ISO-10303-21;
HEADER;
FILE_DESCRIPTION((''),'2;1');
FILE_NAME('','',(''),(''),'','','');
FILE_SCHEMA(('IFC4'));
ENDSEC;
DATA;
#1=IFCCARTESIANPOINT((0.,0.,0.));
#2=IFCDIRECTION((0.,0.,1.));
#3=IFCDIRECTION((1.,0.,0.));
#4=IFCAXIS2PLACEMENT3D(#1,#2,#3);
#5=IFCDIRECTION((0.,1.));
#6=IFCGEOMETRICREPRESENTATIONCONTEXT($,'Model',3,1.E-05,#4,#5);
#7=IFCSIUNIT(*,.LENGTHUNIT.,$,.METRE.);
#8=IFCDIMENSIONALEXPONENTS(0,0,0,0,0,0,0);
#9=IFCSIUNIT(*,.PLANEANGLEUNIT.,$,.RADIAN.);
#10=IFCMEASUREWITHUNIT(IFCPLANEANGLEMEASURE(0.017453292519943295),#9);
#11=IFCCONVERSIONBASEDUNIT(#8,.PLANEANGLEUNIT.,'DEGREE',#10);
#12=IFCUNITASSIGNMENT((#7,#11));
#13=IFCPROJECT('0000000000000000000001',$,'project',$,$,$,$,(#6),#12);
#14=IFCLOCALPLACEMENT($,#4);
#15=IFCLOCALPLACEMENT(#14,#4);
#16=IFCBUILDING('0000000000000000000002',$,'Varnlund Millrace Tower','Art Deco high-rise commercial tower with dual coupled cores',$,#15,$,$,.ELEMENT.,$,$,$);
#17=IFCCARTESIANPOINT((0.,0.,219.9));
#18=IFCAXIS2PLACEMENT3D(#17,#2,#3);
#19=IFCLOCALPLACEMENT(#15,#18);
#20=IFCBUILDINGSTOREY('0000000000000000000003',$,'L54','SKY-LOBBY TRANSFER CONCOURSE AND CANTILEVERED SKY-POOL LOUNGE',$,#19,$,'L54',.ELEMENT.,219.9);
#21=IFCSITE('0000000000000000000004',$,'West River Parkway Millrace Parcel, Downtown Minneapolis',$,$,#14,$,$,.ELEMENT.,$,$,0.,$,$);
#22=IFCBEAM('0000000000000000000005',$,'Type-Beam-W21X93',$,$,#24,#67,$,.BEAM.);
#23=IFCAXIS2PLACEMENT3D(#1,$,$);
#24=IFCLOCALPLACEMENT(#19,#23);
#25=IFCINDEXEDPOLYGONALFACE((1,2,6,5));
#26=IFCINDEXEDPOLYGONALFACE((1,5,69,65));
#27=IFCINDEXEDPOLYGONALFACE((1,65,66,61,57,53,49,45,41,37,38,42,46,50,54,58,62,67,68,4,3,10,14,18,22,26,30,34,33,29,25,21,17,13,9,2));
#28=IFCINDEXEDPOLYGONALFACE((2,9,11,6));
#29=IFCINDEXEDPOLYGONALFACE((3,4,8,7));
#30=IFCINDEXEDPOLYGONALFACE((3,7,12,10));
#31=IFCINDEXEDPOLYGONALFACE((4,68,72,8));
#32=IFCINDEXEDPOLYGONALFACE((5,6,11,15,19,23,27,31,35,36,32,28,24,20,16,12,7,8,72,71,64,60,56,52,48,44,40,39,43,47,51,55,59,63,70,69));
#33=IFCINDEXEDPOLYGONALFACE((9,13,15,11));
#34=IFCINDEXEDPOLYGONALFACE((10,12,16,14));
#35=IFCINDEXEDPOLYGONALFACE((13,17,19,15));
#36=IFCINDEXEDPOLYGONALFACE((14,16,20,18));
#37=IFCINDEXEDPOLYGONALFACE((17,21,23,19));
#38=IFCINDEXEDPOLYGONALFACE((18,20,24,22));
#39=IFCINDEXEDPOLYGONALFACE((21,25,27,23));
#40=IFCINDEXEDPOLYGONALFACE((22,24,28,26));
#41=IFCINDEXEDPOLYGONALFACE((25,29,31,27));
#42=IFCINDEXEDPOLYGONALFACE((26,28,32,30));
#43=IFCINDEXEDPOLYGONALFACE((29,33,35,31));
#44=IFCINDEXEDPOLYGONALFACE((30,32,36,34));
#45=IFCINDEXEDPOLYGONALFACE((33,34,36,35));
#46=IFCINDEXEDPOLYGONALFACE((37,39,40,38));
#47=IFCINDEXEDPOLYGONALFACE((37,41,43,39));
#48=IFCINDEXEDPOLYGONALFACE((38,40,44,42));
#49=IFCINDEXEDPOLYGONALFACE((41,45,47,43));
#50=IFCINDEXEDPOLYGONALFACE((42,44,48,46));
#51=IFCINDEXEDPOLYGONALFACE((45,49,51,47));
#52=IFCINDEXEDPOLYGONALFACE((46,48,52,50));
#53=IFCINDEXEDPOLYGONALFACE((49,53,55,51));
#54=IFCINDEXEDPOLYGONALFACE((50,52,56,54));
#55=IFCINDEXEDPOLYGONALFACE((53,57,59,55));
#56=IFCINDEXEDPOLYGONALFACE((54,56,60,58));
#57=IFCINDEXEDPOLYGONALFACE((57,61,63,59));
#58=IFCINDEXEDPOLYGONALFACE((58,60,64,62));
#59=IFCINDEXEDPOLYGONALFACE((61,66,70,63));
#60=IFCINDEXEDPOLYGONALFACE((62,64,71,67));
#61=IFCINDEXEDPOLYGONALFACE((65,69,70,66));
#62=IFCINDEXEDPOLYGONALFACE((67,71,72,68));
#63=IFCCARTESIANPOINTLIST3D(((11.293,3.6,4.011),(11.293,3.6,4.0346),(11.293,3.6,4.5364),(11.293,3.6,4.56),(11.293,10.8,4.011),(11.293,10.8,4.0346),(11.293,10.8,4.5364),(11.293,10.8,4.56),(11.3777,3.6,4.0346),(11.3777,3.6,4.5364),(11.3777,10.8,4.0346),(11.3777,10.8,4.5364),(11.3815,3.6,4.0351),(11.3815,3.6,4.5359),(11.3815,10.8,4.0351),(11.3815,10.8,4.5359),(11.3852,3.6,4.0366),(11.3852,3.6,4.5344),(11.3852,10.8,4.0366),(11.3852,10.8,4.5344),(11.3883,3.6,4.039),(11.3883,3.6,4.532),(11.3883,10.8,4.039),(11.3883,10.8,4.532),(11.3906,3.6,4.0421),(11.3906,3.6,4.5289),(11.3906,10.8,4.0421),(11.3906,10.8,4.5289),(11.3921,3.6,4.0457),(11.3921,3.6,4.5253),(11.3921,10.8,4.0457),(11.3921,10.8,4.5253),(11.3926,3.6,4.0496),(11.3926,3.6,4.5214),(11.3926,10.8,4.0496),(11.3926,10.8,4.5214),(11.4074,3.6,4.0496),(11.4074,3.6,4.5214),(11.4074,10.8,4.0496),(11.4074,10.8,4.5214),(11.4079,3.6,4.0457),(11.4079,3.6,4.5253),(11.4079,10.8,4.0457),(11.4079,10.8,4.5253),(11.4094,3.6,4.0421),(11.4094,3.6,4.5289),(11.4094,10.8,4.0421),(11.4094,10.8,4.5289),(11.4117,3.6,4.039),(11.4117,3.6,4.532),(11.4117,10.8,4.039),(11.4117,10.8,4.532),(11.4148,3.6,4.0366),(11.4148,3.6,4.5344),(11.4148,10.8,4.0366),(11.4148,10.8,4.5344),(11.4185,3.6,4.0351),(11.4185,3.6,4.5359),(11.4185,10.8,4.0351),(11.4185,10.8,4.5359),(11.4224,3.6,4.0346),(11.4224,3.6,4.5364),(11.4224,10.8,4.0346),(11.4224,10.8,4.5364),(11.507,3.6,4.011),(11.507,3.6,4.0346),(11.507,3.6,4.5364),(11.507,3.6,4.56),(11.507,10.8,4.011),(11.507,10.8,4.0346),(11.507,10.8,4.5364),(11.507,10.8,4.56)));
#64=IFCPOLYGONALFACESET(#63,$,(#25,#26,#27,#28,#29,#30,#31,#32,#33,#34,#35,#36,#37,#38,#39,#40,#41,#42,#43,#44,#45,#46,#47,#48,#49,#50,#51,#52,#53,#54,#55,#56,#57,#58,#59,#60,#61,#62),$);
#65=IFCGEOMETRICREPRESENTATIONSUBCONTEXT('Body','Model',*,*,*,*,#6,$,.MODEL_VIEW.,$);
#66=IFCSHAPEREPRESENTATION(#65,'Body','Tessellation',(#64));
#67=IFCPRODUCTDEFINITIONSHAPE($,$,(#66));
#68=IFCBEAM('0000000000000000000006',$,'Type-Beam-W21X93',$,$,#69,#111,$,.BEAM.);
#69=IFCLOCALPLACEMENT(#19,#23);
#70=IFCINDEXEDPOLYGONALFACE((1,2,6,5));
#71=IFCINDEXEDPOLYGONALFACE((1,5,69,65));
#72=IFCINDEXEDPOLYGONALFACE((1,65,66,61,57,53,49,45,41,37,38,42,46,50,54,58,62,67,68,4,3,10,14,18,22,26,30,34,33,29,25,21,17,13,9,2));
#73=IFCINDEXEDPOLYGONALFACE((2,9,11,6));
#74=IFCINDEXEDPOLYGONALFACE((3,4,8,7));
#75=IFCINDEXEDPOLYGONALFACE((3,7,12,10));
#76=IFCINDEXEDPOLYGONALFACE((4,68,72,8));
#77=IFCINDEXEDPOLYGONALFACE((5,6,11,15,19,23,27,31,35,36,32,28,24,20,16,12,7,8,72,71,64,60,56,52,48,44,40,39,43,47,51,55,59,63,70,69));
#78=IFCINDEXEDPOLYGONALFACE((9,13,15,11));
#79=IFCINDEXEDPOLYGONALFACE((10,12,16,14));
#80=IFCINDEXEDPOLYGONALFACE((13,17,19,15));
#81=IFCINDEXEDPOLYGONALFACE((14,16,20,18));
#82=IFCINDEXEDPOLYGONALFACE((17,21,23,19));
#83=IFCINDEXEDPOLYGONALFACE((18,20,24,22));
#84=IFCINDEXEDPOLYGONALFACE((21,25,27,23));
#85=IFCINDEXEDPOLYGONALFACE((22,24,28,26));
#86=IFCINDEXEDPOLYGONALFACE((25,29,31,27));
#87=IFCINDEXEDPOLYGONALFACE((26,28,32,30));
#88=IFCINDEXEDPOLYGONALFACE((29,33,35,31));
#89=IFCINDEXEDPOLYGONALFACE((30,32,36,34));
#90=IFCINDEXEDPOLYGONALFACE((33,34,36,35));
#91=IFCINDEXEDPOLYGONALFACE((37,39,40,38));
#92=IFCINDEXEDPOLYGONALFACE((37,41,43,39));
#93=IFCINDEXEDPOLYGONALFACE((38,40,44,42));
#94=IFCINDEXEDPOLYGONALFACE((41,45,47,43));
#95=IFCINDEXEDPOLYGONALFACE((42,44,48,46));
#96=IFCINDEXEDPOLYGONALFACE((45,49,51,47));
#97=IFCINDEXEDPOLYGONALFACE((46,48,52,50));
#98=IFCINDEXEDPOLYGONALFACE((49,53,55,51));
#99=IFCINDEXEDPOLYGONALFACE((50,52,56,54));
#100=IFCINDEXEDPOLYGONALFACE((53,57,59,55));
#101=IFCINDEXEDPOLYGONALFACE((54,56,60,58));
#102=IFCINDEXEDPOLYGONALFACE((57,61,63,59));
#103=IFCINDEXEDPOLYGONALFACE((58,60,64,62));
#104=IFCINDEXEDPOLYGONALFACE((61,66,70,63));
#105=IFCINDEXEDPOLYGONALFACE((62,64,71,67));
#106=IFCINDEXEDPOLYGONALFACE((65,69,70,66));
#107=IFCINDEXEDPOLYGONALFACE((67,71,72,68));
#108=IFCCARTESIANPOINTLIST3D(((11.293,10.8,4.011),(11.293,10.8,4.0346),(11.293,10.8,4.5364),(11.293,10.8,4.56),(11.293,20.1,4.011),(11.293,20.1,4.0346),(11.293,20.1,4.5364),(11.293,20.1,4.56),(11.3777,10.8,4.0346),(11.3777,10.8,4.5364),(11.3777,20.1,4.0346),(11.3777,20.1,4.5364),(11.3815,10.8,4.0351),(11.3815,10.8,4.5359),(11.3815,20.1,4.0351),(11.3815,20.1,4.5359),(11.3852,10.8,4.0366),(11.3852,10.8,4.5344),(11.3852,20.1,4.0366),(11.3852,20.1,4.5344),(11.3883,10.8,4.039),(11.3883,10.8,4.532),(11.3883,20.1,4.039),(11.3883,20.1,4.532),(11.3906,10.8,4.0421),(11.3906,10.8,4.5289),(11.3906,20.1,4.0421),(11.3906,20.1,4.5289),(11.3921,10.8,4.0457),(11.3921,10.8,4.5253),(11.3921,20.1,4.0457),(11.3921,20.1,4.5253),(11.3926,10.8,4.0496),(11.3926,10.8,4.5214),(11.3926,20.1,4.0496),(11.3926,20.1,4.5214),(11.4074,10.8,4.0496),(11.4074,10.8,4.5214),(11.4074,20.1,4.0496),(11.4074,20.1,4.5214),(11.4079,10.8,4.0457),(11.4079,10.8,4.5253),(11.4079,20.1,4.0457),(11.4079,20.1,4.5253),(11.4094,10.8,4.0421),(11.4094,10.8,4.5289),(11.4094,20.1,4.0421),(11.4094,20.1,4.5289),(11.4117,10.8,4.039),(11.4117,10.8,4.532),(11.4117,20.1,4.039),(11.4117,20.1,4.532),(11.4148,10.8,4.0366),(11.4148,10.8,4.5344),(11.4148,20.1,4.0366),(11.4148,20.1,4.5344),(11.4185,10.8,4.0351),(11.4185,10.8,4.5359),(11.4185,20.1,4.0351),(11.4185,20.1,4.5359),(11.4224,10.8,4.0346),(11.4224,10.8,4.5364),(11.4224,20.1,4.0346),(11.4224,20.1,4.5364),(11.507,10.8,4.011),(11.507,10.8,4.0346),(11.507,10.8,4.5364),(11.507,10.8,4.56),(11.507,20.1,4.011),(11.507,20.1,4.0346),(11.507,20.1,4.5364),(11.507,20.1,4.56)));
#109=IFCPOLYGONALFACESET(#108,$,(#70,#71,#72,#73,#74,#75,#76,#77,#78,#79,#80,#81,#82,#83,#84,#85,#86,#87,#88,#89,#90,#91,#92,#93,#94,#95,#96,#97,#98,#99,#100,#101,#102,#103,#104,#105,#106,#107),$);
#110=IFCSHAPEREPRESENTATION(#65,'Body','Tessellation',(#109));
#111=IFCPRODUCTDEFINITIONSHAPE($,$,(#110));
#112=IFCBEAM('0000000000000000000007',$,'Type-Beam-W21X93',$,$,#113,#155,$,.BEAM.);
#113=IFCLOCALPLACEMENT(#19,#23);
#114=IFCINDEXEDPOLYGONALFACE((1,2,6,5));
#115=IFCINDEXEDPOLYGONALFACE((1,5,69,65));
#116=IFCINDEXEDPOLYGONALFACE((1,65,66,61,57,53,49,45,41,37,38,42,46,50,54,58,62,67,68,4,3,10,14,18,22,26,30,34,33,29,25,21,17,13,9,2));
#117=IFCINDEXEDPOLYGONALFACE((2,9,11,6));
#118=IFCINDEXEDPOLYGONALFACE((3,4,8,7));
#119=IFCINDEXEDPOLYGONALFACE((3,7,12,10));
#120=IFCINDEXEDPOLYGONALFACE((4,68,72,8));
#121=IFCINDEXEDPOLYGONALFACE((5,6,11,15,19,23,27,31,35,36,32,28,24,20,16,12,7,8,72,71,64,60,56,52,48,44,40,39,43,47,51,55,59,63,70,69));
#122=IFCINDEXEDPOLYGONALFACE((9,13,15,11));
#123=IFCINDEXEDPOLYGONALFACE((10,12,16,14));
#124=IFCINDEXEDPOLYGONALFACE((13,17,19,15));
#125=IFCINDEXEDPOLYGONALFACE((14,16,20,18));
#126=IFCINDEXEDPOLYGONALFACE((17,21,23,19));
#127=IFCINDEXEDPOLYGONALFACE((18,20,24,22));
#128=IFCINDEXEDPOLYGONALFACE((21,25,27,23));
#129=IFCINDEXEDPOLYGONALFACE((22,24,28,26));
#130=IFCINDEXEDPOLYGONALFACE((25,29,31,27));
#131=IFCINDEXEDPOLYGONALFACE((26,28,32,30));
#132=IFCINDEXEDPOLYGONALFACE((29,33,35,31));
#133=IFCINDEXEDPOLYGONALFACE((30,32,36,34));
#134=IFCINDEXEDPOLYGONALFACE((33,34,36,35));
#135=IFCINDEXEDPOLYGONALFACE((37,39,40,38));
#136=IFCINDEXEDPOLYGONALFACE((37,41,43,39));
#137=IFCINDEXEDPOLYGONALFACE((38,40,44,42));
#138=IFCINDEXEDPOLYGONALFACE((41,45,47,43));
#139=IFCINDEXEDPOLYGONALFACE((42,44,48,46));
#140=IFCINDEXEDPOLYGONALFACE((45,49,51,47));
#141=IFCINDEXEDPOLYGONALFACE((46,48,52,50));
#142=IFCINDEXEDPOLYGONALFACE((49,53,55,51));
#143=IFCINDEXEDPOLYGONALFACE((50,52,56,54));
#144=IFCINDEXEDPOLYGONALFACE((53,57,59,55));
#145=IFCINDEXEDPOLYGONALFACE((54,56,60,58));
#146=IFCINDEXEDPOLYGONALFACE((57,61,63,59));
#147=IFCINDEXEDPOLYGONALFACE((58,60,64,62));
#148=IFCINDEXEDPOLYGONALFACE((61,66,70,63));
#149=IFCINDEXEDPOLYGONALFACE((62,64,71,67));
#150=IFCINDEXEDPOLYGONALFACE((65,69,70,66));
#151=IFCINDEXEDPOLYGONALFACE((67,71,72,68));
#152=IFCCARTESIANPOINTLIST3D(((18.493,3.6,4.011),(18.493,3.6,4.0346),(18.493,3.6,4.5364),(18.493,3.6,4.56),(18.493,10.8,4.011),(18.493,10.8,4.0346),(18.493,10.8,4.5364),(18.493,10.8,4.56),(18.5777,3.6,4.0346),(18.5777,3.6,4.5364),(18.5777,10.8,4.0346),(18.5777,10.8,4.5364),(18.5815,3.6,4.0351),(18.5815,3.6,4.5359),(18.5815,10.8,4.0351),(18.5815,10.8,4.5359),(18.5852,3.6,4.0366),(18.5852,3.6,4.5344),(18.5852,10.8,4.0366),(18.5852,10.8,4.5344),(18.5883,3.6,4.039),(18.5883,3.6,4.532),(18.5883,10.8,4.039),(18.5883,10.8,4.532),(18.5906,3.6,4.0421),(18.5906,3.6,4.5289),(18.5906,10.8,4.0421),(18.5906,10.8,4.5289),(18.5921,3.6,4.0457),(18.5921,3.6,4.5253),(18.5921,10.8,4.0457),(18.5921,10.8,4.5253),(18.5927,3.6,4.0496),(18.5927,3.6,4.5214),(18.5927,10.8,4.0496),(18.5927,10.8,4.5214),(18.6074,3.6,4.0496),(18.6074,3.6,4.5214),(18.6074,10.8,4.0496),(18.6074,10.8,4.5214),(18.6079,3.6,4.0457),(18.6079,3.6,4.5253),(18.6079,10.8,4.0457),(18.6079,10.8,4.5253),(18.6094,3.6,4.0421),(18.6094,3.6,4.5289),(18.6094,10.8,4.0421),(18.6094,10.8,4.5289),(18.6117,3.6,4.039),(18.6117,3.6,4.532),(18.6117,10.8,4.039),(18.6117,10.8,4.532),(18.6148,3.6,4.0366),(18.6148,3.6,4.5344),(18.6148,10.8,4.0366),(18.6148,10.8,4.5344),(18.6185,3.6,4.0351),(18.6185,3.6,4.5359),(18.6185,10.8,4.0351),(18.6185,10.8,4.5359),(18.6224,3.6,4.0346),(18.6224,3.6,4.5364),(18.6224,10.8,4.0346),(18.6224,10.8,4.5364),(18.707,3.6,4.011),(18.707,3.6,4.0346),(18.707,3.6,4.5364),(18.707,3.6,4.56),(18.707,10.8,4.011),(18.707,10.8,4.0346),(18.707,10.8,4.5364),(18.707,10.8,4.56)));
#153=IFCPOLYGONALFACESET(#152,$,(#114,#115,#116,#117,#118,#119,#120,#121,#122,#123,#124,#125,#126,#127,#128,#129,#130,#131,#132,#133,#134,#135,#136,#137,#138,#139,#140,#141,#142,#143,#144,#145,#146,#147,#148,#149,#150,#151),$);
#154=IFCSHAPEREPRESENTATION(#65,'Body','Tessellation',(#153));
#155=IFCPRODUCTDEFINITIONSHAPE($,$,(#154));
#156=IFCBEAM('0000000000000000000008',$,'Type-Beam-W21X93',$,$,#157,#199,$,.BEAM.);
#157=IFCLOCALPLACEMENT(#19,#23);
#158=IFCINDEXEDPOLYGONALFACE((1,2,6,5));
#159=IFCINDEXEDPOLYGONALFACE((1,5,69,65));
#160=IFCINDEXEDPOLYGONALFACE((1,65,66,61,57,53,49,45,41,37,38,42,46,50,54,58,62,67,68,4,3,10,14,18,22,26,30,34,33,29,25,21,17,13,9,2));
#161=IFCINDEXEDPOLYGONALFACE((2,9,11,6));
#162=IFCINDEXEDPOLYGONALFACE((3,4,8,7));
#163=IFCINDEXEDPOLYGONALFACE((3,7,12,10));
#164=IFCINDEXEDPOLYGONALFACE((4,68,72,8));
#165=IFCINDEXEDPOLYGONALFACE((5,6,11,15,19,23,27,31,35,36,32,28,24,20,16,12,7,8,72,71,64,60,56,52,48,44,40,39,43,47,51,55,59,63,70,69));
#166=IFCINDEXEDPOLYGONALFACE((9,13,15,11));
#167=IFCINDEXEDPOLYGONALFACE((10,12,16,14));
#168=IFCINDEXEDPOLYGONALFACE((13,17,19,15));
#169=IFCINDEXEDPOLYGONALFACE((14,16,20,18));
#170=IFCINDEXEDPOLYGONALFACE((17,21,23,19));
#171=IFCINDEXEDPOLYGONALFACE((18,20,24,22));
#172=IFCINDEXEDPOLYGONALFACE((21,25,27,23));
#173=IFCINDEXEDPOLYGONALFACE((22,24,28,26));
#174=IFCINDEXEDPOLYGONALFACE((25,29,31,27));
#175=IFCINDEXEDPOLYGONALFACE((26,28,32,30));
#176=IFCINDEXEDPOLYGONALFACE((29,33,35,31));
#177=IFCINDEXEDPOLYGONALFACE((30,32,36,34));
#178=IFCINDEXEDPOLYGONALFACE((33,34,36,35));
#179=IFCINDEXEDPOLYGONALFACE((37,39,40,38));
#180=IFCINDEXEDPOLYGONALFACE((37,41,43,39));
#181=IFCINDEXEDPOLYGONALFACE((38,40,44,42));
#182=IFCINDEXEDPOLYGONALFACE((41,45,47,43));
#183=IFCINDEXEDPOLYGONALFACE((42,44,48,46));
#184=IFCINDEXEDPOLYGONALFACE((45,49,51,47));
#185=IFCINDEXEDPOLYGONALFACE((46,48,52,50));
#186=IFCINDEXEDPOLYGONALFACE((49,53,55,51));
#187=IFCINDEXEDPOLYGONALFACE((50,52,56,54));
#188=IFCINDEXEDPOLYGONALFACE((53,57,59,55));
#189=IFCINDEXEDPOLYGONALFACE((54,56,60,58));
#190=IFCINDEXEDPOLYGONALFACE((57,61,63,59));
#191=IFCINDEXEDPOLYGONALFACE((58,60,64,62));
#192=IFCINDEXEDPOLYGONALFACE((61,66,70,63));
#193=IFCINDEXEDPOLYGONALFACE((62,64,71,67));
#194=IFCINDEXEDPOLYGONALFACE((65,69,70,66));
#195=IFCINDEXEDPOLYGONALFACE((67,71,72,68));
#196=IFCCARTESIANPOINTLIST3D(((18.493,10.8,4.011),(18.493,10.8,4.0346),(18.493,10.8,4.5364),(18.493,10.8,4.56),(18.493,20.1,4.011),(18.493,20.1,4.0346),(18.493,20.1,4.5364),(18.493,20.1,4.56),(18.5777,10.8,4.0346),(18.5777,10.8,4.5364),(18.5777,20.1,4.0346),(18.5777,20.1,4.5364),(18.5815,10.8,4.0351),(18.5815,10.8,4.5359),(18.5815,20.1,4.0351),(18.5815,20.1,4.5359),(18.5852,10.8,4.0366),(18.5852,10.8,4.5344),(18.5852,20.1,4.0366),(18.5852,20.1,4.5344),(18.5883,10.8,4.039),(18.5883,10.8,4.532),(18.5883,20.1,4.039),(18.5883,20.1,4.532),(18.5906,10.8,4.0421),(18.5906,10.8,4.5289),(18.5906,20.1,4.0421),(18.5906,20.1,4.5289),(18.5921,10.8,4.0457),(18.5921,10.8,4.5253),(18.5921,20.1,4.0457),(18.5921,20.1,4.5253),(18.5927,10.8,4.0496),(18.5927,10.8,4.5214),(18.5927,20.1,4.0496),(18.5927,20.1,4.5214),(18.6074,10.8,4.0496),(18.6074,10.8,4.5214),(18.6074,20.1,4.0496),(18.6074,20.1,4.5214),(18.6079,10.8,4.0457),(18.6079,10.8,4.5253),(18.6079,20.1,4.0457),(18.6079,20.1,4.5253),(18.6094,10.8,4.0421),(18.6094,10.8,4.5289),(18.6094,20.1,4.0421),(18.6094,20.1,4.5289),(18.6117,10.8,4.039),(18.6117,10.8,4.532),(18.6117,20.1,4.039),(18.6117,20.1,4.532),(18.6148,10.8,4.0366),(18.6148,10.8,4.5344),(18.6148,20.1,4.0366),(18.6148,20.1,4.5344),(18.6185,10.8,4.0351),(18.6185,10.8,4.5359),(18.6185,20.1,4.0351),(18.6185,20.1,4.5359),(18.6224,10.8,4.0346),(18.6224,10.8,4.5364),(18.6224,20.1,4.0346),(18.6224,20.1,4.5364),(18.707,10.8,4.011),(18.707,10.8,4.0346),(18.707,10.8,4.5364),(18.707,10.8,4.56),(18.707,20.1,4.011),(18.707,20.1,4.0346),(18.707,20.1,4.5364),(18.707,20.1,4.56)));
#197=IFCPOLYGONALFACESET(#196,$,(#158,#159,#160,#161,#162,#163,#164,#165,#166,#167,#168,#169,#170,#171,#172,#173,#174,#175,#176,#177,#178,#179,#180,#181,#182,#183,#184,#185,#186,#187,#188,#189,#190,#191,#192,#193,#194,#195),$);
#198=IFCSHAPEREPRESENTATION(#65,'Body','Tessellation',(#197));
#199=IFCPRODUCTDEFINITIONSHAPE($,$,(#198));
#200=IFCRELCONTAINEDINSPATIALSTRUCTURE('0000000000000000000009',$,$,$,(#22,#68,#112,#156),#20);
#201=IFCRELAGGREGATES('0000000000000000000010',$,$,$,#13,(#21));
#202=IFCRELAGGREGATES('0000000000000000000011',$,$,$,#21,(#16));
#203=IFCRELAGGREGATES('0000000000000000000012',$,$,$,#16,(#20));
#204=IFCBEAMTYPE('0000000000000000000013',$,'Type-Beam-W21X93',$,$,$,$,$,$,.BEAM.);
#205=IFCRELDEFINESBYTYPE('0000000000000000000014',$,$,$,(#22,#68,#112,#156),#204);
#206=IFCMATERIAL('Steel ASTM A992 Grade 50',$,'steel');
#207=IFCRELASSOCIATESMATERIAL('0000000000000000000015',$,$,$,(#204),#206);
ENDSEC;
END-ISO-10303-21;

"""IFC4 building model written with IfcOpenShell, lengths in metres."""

from ifc_helpers import new_model, entity, si_unit, converted_unit, direction, frame, origin_with_axes, origin_2d_with_axis, place, context, subcontext, project, spatial, i_section, extrude, material, material_profile, profile_set, type_object, element, save


model = new_model("IFC4")

# Units and contexts
model_context = context("Model", 3, precision=1e-05, world=origin_with_axes(), true_north=direction((0.0, 1.0)))
body_context = subcontext(model_context, "Body", "Model", "MODEL_VIEW")
ifc_project = project(units=[si_unit("LENGTHUNIT", "METRE"), converted_unit("PLANEANGLEUNIT", "DEGREE", entity("IfcPlaneAngleMeasure", 0.017453292519943295), si_unit("PLANEANGLEUNIT", "RADIAN"), dimensions=[0, 0, 0, 0, 0, 0, 0])], contexts=[model_context])

# Site, building, storey
site_placement = place(None, origin_with_axes())
site = spatial("IfcSite", under=ifc_project, at=site_placement, Name="West River Parkway Millrace Parcel, Downtown Minneapolis", CompositionType="ELEMENT", RefElevation=0.0)
building_placement = place(site_placement, origin_with_axes())
building = spatial("IfcBuilding", under=site, at=building_placement, Name="Varnlund Millrace Tower", Description="Art Deco high-rise commercial tower with dual coupled cores", CompositionType="ELEMENT")
storey_placement = place(building_placement, frame((0.0, 0.0, 219.9), z_axis=(0.0, 0.0, 1.0), x_axis=(1.0, 0.0, 0.0)))
storey = spatial("IfcBuildingStorey", under=building, at=storey_placement, Name="L54", Description="SKY-LOBBY TRANSFER CONCOURSE AND CANTILEVERED SKY-POOL LOUNGE", LongName="L54", CompositionType="ELEMENT", Elevation=219.9)

# Beams
ifc_material_1 = material(Name="Steel ASTM A992 Grade 50", Category="steel")
ifc_material_profile_1 = material_profile(ifc_material_1, i_section(OverallWidth=0.214, OverallDepth=0.549, WebThickness=0.0147, FlangeThickness=0.0236, FilletRadius=0.015, at=origin_2d_with_axis()), Name="Steel ASTM A992 Grade 50")
ifc_profile_set_1 = profile_set([ifc_material_profile_1], Name="Steel ASTM A992 Grade 50")
beam_type_1 = type_object("IfcBeamType", Name="Type-Beam-W21X93", PredefinedType="BEAM", material=ifc_profile_set_1)
beam_1_placement = place(storey_placement, frame((11.4, 3.6, 4.2855), z_axis=(0.0, 1.0, 0.0), x_axis=(-1.0, 0.0, 0.0)))
element("IfcBeam", 1, at=beam_1_placement, inside=storey, type_object=beam_type_1, Name="Type-Beam-W21X93", PredefinedType="BEAM", context=body_context, shape_type="SweptSolid", body=[
    extrude(i_section(OverallWidth=0.214, OverallDepth=0.549, WebThickness=0.0147, FlangeThickness=0.0236, FilletRadius=0.015, at=origin_2d_with_axis()), origin_with_axes(), (0.0, 0.0, 1.0), 7.2),
])
beam_2_placement = place(storey_placement, frame((11.4, 10.8, 4.2855), z_axis=(0.0, 1.0, 0.0), x_axis=(-1.0, 0.0, 0.0)))
element("IfcBeam", 2, at=beam_2_placement, inside=storey, type_object=beam_type_1, Name="Type-Beam-W21X93", PredefinedType="BEAM", context=body_context, shape_type="SweptSolid", body=[
    extrude(i_section(OverallWidth=0.214, OverallDepth=0.549, WebThickness=0.0147, FlangeThickness=0.0236, FilletRadius=0.015, at=origin_2d_with_axis()), origin_with_axes(), (0.0, 0.0, 1.0), 9.3),
])
beam_3_placement = place(storey_placement, frame((18.6, 3.6, 4.2855), z_axis=(0.0, 1.0, 0.0), x_axis=(-1.0, 0.0, 0.0)))
element("IfcBeam", 3, at=beam_3_placement, inside=storey, type_object=beam_type_1, Name="Type-Beam-W21X93", PredefinedType="BEAM", context=body_context, shape_type="SweptSolid", body=[
    extrude(i_section(OverallWidth=0.214, OverallDepth=0.549, WebThickness=0.0147, FlangeThickness=0.0236, FilletRadius=0.015, at=origin_2d_with_axis()), origin_with_axes(), (0.0, 0.0, 1.0), 7.2),
])
beam_4_placement = place(storey_placement, frame((18.6, 10.8, 4.2855), z_axis=(0.0, 1.0, 0.0), x_axis=(-1.0, 0.0, 0.0)))
element("IfcBeam", 4, at=beam_4_placement, inside=storey, type_object=beam_type_1, Name="Type-Beam-W21X93", PredefinedType="BEAM", context=body_context, shape_type="SweptSolid", body=[
    extrude(i_section(OverallWidth=0.214, OverallDepth=0.549, WebThickness=0.0147, FlangeThickness=0.0236, FilletRadius=0.015, at=origin_2d_with_axis()), origin_with_axes(), (0.0, 0.0, 1.0), 9.3),
])

save(model, "model.ifc")
